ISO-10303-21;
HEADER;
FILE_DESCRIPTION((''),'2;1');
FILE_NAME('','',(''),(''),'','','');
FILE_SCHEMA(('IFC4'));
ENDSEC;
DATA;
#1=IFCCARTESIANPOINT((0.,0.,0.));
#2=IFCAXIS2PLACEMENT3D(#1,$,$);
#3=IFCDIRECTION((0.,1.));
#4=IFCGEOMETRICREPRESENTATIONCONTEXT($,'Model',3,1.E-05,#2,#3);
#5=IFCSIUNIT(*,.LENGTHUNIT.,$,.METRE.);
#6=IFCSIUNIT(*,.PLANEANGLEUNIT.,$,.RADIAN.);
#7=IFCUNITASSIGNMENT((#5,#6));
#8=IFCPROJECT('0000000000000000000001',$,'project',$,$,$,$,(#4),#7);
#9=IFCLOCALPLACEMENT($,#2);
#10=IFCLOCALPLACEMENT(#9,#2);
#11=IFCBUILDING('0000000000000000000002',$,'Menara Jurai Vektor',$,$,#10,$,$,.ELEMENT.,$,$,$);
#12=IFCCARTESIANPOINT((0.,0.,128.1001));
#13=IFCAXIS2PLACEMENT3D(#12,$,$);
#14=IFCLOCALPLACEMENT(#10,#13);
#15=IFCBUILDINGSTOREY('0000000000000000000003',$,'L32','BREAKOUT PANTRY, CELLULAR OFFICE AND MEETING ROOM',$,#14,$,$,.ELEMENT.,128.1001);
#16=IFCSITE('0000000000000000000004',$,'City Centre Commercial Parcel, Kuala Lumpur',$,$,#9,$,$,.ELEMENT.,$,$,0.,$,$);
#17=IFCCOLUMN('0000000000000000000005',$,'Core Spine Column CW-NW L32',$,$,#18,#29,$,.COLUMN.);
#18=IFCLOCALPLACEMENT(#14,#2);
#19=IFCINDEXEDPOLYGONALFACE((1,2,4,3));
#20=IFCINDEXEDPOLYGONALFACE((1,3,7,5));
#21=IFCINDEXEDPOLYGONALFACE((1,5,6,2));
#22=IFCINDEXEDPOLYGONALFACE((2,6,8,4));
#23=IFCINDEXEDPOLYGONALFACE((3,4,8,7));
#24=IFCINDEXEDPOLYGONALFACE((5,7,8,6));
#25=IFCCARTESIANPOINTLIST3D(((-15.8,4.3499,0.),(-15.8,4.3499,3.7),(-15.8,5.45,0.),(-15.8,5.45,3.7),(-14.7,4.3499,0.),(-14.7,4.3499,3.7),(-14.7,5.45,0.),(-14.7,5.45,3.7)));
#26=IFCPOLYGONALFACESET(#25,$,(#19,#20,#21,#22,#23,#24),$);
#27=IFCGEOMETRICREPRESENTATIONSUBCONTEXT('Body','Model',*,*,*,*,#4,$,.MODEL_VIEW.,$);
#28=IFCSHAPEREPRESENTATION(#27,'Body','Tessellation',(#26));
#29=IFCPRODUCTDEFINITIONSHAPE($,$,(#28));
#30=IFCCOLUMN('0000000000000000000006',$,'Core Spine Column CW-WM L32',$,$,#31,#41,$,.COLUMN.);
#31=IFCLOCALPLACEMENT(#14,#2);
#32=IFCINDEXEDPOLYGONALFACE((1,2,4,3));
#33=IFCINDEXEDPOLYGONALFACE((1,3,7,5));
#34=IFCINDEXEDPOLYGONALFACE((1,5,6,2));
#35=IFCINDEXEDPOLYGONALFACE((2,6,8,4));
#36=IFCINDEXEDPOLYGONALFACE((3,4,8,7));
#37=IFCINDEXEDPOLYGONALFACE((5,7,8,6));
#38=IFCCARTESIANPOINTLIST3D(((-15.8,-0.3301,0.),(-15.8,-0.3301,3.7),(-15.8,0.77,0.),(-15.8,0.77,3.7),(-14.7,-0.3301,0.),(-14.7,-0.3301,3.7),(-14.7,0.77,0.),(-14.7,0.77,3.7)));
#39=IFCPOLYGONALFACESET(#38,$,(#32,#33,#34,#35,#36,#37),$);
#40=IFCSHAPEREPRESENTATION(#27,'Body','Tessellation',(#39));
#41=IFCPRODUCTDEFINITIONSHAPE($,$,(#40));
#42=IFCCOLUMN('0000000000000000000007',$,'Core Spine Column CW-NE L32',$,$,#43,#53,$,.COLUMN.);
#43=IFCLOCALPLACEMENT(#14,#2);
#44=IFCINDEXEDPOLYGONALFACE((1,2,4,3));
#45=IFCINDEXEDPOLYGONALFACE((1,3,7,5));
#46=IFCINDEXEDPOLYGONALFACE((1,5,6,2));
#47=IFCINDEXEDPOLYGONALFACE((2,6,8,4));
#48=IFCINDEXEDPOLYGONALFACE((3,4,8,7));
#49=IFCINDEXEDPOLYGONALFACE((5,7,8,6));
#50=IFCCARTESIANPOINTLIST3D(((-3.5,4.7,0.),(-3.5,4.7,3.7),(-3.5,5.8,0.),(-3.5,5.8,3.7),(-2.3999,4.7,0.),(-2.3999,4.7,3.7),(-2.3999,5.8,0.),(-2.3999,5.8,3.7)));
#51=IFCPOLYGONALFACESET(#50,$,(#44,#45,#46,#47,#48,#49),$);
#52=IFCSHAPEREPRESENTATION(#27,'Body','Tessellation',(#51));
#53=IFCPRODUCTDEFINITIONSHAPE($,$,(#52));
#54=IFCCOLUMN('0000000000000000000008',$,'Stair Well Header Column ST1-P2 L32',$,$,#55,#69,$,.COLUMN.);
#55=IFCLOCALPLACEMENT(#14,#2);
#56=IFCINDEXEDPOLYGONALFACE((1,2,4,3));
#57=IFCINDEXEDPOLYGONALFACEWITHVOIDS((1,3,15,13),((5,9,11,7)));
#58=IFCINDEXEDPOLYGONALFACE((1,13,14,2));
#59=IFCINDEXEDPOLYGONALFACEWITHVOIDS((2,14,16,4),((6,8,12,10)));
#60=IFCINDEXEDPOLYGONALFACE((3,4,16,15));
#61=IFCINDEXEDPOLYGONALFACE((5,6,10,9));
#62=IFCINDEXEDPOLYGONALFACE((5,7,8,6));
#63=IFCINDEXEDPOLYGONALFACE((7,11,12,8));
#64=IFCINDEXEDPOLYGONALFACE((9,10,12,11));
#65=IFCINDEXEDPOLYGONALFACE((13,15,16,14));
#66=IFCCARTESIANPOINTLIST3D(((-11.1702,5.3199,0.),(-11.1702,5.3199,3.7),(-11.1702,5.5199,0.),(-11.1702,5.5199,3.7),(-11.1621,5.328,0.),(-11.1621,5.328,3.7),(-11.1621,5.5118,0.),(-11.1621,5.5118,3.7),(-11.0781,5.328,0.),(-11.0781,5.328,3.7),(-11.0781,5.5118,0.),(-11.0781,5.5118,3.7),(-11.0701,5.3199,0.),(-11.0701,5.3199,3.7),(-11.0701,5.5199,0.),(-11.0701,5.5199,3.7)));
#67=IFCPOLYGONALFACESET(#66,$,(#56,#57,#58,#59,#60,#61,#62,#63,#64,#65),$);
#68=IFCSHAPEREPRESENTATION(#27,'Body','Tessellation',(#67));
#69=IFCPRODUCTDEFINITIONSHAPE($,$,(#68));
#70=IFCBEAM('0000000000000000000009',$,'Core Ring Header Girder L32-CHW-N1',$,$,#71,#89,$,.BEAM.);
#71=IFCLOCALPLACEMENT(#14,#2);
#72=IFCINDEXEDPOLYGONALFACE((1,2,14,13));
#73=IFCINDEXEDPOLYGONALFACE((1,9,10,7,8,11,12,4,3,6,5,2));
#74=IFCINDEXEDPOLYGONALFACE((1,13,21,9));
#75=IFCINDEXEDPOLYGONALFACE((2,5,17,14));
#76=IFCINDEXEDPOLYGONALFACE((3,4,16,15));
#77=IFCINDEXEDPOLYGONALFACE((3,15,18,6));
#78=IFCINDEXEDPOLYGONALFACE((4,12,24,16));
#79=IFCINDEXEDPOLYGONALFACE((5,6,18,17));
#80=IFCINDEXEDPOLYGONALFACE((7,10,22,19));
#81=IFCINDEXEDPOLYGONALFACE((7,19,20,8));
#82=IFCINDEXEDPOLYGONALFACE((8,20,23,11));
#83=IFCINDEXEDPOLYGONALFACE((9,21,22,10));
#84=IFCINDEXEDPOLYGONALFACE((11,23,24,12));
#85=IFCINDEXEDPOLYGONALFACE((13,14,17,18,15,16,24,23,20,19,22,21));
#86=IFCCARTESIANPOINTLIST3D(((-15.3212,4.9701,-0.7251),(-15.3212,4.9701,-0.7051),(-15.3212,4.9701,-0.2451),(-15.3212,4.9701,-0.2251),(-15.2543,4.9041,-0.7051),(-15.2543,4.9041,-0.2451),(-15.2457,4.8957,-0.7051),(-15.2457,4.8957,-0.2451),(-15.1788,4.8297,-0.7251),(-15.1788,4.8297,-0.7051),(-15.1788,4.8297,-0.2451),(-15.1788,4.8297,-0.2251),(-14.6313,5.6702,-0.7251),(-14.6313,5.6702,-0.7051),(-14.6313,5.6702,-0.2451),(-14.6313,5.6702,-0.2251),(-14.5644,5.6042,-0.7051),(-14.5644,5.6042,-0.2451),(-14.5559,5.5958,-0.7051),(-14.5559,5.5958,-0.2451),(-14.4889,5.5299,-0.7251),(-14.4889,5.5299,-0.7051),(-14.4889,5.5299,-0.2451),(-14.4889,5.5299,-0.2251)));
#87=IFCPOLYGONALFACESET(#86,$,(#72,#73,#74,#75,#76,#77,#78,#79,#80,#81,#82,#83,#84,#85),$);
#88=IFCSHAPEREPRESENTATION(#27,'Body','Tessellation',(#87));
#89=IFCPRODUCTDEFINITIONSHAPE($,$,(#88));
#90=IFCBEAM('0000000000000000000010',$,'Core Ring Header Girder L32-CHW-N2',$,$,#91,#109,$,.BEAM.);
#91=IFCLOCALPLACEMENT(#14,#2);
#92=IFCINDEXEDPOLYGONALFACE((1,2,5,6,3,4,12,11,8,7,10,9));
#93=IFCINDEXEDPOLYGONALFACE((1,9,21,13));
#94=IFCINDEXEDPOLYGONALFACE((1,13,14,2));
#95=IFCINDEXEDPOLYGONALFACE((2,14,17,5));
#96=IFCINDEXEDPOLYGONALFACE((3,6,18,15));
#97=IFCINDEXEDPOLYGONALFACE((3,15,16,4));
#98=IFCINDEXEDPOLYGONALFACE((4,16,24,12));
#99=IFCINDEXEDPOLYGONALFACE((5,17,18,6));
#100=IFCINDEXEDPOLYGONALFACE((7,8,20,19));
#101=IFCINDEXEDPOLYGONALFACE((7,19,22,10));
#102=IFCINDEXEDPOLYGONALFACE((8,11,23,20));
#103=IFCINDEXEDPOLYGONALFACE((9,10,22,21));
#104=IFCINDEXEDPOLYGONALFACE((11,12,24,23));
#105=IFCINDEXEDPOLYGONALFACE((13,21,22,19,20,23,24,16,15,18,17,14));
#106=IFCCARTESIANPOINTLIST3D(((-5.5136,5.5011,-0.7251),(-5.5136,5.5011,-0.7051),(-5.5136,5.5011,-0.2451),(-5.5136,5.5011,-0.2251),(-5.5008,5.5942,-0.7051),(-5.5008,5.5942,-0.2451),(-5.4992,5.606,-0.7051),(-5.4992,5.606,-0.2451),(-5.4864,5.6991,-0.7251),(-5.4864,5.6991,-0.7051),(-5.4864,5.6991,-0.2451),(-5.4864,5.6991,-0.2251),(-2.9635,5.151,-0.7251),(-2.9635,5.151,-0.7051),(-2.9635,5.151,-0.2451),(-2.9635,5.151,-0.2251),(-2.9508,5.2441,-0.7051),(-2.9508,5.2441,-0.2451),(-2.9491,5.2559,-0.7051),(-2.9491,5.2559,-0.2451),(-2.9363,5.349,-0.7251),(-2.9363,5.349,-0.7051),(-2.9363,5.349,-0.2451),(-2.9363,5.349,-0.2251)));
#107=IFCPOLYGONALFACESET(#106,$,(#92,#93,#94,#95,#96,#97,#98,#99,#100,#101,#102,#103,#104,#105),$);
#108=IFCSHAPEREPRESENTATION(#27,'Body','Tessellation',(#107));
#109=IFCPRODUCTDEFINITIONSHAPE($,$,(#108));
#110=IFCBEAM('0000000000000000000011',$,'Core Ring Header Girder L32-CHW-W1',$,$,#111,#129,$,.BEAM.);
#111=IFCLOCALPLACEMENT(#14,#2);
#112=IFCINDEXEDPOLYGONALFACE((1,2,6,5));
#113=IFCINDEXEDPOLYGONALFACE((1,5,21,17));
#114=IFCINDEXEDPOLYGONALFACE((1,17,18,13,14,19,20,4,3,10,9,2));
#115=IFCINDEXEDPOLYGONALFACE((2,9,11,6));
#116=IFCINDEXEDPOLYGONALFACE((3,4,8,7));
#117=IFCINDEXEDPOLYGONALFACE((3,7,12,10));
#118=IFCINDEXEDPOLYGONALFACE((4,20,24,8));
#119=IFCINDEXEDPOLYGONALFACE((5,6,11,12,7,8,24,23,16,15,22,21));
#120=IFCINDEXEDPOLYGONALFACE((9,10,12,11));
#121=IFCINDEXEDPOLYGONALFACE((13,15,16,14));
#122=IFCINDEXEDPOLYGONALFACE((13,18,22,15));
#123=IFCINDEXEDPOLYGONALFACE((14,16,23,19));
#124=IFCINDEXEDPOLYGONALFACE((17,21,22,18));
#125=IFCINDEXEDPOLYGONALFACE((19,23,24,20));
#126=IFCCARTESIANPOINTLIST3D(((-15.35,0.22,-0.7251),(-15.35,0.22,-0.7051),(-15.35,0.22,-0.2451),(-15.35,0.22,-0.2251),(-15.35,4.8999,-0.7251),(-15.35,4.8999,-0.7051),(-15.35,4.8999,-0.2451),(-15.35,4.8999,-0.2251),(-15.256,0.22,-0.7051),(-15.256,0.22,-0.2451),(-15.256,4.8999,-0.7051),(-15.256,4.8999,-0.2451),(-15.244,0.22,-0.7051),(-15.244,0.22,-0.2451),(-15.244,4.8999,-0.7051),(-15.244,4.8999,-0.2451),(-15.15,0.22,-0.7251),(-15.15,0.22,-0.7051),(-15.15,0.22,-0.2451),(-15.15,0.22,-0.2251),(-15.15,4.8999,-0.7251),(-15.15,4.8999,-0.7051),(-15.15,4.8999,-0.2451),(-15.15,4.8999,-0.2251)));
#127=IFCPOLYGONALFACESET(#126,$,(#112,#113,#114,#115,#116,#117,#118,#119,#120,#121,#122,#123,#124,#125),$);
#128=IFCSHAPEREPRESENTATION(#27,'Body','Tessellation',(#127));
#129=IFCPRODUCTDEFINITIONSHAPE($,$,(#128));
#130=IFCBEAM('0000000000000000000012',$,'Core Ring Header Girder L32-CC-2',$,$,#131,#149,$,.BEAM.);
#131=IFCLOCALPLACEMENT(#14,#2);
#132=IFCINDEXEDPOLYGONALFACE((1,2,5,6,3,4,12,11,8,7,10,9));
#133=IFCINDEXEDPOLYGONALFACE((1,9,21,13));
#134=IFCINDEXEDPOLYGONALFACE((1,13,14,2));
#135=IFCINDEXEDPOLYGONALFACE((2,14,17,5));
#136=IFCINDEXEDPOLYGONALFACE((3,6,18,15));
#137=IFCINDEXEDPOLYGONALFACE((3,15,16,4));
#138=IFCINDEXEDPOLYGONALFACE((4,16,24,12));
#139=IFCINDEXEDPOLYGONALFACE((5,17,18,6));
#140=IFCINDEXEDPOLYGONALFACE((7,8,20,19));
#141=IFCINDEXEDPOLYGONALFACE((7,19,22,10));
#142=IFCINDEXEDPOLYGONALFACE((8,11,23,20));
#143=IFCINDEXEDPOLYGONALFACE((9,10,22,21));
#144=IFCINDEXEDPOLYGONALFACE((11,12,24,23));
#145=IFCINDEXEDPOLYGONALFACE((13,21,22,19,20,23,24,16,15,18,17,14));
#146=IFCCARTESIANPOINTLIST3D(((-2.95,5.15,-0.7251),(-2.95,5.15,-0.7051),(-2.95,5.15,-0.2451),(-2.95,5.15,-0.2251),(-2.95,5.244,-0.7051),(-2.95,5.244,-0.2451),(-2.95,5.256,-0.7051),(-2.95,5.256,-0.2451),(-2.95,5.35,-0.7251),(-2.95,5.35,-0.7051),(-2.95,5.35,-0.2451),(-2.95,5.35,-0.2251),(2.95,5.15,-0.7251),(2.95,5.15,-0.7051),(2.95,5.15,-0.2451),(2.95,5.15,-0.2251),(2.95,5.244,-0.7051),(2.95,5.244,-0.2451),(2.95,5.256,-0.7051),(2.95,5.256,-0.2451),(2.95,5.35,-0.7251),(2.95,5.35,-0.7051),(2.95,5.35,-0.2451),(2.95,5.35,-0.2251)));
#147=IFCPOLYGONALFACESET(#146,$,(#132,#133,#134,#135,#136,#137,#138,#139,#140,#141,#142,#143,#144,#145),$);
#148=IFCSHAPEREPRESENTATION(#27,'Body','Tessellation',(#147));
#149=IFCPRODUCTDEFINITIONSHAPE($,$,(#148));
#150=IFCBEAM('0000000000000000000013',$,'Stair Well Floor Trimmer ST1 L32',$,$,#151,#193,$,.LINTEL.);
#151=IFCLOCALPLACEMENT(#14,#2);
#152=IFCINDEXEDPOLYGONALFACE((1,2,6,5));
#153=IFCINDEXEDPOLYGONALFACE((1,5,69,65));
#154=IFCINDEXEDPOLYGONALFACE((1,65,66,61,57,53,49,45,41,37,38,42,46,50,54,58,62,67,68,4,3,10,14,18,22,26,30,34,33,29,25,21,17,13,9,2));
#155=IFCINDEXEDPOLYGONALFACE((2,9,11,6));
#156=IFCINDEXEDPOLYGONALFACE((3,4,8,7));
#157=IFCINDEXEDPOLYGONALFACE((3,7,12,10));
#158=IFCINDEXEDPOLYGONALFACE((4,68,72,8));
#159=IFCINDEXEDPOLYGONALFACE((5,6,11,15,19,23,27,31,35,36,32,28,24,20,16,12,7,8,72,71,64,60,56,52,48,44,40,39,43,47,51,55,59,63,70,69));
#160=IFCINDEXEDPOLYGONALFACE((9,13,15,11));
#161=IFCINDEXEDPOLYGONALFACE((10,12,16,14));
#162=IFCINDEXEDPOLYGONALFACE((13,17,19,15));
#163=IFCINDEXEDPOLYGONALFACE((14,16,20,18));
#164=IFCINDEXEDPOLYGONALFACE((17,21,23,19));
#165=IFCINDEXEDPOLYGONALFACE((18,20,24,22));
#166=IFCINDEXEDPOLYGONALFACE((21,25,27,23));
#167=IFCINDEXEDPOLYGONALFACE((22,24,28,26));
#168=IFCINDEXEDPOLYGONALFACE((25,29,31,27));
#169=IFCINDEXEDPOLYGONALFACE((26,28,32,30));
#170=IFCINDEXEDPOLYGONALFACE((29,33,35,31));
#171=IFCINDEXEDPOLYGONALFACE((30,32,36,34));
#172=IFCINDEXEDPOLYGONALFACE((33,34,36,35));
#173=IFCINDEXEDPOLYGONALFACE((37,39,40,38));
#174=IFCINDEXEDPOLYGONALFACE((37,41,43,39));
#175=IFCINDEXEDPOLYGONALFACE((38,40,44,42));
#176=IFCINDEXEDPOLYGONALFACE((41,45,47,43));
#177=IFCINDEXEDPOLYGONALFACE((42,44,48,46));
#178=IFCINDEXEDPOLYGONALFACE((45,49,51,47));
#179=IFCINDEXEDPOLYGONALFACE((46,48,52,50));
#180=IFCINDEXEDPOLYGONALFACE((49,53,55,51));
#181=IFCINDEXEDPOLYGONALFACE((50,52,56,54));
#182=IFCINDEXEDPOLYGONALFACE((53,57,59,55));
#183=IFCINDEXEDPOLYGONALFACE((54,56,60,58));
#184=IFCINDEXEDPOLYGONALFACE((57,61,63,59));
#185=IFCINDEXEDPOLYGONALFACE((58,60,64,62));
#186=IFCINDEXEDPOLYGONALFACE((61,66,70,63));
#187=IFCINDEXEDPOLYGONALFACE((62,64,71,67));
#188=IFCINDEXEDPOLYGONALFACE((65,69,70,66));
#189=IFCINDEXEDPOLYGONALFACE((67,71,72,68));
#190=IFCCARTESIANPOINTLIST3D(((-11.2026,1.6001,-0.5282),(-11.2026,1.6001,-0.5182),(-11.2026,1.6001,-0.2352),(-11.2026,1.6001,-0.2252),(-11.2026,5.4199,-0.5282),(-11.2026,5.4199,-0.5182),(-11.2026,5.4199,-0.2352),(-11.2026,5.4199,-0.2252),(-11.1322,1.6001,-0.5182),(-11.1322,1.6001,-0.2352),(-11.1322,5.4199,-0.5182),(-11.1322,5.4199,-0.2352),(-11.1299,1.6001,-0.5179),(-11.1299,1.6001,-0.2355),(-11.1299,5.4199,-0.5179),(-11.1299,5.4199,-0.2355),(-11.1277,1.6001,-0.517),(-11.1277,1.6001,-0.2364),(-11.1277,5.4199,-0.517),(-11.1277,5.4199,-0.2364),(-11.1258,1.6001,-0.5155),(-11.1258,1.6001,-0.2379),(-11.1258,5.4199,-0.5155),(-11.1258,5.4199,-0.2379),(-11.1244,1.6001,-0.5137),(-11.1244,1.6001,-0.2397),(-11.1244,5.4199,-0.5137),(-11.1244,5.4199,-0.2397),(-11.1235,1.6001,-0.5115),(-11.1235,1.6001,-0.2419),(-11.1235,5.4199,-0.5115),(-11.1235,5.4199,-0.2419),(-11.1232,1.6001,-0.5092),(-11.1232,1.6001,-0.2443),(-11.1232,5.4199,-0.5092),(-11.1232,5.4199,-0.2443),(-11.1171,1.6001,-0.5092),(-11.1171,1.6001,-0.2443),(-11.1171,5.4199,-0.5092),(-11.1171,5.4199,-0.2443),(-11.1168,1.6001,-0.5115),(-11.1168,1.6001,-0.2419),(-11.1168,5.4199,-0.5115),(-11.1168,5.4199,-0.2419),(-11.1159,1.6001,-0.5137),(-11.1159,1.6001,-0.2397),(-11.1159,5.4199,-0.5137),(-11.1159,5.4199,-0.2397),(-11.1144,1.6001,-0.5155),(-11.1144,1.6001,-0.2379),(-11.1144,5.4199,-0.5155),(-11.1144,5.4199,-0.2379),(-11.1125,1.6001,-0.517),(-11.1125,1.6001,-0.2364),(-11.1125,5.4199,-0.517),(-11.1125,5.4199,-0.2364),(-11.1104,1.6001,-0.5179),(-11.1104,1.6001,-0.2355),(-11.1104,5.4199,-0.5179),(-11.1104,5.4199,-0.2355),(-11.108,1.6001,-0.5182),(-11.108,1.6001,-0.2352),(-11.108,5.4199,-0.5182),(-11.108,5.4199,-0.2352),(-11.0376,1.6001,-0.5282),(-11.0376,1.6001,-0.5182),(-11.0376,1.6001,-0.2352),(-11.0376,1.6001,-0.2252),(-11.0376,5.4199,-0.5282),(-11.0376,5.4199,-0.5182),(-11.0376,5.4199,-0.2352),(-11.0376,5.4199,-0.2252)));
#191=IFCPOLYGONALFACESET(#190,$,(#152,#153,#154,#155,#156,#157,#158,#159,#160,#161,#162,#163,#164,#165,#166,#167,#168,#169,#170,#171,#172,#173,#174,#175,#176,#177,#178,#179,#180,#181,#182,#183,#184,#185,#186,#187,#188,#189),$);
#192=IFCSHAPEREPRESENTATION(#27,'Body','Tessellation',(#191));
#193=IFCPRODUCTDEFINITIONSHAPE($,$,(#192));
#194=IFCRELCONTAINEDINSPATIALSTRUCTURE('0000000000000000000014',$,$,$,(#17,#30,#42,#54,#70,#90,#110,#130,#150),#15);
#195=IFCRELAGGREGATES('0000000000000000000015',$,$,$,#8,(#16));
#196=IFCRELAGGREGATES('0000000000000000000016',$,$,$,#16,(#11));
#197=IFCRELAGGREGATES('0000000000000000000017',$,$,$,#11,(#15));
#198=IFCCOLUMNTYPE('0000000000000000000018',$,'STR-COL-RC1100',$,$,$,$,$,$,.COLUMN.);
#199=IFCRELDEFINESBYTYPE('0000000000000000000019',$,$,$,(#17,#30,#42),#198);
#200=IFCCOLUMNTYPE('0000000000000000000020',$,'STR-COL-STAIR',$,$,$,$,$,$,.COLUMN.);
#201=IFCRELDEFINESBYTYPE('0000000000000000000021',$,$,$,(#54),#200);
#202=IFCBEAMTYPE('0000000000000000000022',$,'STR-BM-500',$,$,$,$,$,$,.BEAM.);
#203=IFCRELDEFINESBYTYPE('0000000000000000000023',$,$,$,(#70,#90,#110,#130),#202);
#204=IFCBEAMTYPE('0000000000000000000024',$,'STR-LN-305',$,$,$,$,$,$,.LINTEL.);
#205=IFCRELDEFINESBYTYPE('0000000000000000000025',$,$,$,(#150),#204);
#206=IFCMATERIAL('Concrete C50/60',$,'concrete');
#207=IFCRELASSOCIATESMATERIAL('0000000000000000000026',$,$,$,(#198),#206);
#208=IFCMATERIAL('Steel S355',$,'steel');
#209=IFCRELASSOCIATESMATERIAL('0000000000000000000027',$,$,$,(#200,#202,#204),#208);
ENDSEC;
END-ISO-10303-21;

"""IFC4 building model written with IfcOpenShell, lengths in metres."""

from ifc_helpers import new_model, si_unit, direction, frame, origin, origin_2d, place, context, subcontext, project, spatial, rectangle, hollow_rectangle, i_section, extrude, material, material_profile, profile_set, type_object, element, save


model = new_model("IFC4")

# Units and contexts
model_context = context("Model", 3, precision=1e-05, world=origin(), true_north=direction((0.0, 1.0)))
body_context = subcontext(model_context, "Body", "Model", "MODEL_VIEW")
ifc_project = project(units=[si_unit("LENGTHUNIT", "METRE"), si_unit("PLANEANGLEUNIT", "RADIAN")], contexts=[model_context])

# Site, building, storey
site_placement = place(None, origin())
site = spatial("IfcSite", under=ifc_project, at=site_placement, Name="City Centre Commercial Parcel, Kuala Lumpur", CompositionType="ELEMENT", RefElevation=0.0)
building_placement = place(site_placement, origin())
building = spatial("IfcBuilding", under=site, at=building_placement, Name="Menara Jurai Vektor", CompositionType="ELEMENT")
storey_placement = place(building_placement, frame((0.0, 0.0, 128.1001)))
storey = spatial("IfcBuildingStorey", under=building, at=storey_placement, Name="L32", Description="BREAKOUT PANTRY, CELLULAR OFFICE AND MEETING ROOM", CompositionType="ELEMENT", Elevation=128.1001)

# Columns
ifc_material_1 = material(Name="Concrete C50/60", Category="concrete")
ifc_material_profile_1 = material_profile(ifc_material_1, rectangle(XDim=1.1001, YDim=1.1001, at=origin_2d()), Name="RC 1100x1100")
ifc_profile_set_1 = profile_set([ifc_material_profile_1], Name="Concrete C50/60")
column_type_1 = type_object("IfcColumnType", Name="STR-COL-RC1100", PredefinedType="COLUMN", material=ifc_profile_set_1)
for number, where, z_axis, x_axis, name in (
    (1, (-15.25, 4.8999, 0.0), (0.0, 0.0, 1.0), (1.0, 0.0, 0.0), "Core Spine Column CW-NW L32"),
    (2, (-15.25, 0.22, 0.0), (0.0, 0.0, 1.0), (1.0, 0.0, 0.0), "Core Spine Column CW-WM L32"),
    (3, (-2.95, 5.25, 0.0), (0.0, 0.0, 1.0), (1.0, 0.0, 0.0), "Core Spine Column CW-NE L32"),
):
    element("IfcColumn", number, at=place(storey_placement, frame(where, z_axis=z_axis, x_axis=x_axis)), inside=storey, type_object=column_type_1, Name=name, PredefinedType="COLUMN", context=body_context, shape_type="SweptSolid", body=[
        extrude(rectangle(XDim=1.1001, YDim=1.1001, at=origin_2d()), origin(), (0.0, 0.0, 1.0), 3.7),
    ])
ifc_material_2 = material(Name="Steel S355", Category="steel")
ifc_material_profile_2 = material_profile(ifc_material_2, hollow_rectangle(XDim=0.1001, YDim=0.2, WallThickness=0.0081, at=origin_2d()), Name="RHS 200x100x8")
ifc_profile_set_2 = profile_set([ifc_material_profile_2], Name="Steel S355")
column_type_2 = type_object("IfcColumnType", Name="STR-COL-STAIR", PredefinedType="COLUMN", material=ifc_profile_set_2)
column_placement = place(storey_placement, frame((-11.1201, 5.4199, 0.0), z_axis=(0.0, 0.0, 1.0), x_axis=(1.0, 0.0, 0.0)))
element("IfcColumn", 4, at=column_placement, inside=storey, type_object=column_type_2, Name="Stair Well Header Column ST1-P2 L32", PredefinedType="COLUMN", context=body_context, shape_type="SweptSolid", body=[
    extrude(hollow_rectangle(XDim=0.1001, YDim=0.2, WallThickness=0.0081, at=origin_2d()), origin(), (0.0, 0.0, 1.0), 3.7),
])

# Beams
ifc_material_profile_3 = material_profile(ifc_material_2, i_section(OverallWidth=0.2, OverallDepth=0.5, WebThickness=0.012, FlangeThickness=0.02, at=origin_2d()), Name="PG 500x200x96")
ifc_profile_set_3 = profile_set([ifc_material_profile_3], Name="Steel S355")
beam_type_1 = type_object("IfcBeamType", Name="STR-BM-500", PredefinedType="BEAM", material=ifc_profile_set_3)
beam_1_placement = place(storey_placement, frame((-15.25, 4.8999, -0.4751), z_axis=(0.701872, 0.712303, 0.0), x_axis=(-0.712303, 0.701872, 0.0)))
element("IfcBeam", 5, at=beam_1_placement, inside=storey, type_object=beam_type_1, Name="Core Ring Header Girder L32-CHW-N1", PredefinedType="BEAM", context=body_context, shape_type="SweptSolid", body=[
    extrude(i_section(OverallWidth=0.2, OverallDepth=0.5, WebThickness=0.012, FlangeThickness=0.02, at=origin_2d()), origin(), (0.0, 0.0, 1.0), 0.9829),
])
beam_2_placement = place(storey_placement, frame((-5.5, 5.6001, -0.4751), z_axis=(0.990707, -0.136015, 0.0), x_axis=(0.136015, 0.990707, 0.0)))
element("IfcBeam", 6, at=beam_2_placement, inside=storey, type_object=beam_type_1, Name="Core Ring Header Girder L32-CHW-N2", PredefinedType="BEAM", context=body_context, shape_type="SweptSolid", body=[
    extrude(i_section(OverallWidth=0.2, OverallDepth=0.5, WebThickness=0.012, FlangeThickness=0.02, at=origin_2d()), origin(), (0.0, 0.0, 1.0), 2.574),
])
beam_3_placement = place(storey_placement, frame((-15.25, 0.22, -0.4751), z_axis=(0.0, 1.0, 0.0), x_axis=(-1.0, 0.0, 0.0)))
element("IfcBeam", 7, at=beam_3_placement, inside=storey, type_object=beam_type_1, Name="Core Ring Header Girder L32-CHW-W1", PredefinedType="BEAM", context=body_context, shape_type="SweptSolid", body=[
    extrude(i_section(OverallWidth=0.2, OverallDepth=0.5, WebThickness=0.012, FlangeThickness=0.02, at=origin_2d()), origin(), (0.0, 0.0, 1.0), 4.6799),
])
beam_4_placement = place(storey_placement, frame((-2.95, 5.25, -0.4751), z_axis=(1.0, 0.0, 0.0), x_axis=(0.0, 1.0, 0.0)))
element("IfcBeam", 8, at=beam_4_placement, inside=storey, type_object=beam_type_1, Name="Core Ring Header Girder L32-CC-2", PredefinedType="BEAM", context=body_context, shape_type="SweptSolid", body=[
    extrude(i_section(OverallWidth=0.2, OverallDepth=0.5, WebThickness=0.012, FlangeThickness=0.02, at=origin_2d()), origin(), (0.0, 0.0, 1.0), 5.8999),
])
ifc_material_profile_4 = material_profile(ifc_material_2, i_section(OverallWidth=0.165, OverallDepth=0.303, WebThickness=0.0061, FlangeThickness=0.01, FilletRadius=0.009, at=origin_2d()), Name="UKB 305x165x40")
ifc_profile_set_4 = profile_set([ifc_material_profile_4], Name="Steel S355")
beam_type_2 = type_object("IfcBeamType", Name="STR-LN-305", PredefinedType="LINTEL", material=ifc_profile_set_4)
beam_5_placement = place(storey_placement, frame((-11.1201, 1.6001, -0.3767), z_axis=(0.0, 1.0, 0.0), x_axis=(-1.0, 0.0, 0.0)))
element("IfcBeam", 9, at=beam_5_placement, inside=storey, type_object=beam_type_2, Name="Stair Well Floor Trimmer ST1 L32", PredefinedType="LINTEL", context=body_context, shape_type="SweptSolid", body=[
    extrude(i_section(OverallWidth=0.165, OverallDepth=0.303, WebThickness=0.0061, FlangeThickness=0.01, FilletRadius=0.009, at=origin_2d()), origin(), (0.0, 0.0, 1.0), 3.8198),
])

save(model, "model.ifc")
